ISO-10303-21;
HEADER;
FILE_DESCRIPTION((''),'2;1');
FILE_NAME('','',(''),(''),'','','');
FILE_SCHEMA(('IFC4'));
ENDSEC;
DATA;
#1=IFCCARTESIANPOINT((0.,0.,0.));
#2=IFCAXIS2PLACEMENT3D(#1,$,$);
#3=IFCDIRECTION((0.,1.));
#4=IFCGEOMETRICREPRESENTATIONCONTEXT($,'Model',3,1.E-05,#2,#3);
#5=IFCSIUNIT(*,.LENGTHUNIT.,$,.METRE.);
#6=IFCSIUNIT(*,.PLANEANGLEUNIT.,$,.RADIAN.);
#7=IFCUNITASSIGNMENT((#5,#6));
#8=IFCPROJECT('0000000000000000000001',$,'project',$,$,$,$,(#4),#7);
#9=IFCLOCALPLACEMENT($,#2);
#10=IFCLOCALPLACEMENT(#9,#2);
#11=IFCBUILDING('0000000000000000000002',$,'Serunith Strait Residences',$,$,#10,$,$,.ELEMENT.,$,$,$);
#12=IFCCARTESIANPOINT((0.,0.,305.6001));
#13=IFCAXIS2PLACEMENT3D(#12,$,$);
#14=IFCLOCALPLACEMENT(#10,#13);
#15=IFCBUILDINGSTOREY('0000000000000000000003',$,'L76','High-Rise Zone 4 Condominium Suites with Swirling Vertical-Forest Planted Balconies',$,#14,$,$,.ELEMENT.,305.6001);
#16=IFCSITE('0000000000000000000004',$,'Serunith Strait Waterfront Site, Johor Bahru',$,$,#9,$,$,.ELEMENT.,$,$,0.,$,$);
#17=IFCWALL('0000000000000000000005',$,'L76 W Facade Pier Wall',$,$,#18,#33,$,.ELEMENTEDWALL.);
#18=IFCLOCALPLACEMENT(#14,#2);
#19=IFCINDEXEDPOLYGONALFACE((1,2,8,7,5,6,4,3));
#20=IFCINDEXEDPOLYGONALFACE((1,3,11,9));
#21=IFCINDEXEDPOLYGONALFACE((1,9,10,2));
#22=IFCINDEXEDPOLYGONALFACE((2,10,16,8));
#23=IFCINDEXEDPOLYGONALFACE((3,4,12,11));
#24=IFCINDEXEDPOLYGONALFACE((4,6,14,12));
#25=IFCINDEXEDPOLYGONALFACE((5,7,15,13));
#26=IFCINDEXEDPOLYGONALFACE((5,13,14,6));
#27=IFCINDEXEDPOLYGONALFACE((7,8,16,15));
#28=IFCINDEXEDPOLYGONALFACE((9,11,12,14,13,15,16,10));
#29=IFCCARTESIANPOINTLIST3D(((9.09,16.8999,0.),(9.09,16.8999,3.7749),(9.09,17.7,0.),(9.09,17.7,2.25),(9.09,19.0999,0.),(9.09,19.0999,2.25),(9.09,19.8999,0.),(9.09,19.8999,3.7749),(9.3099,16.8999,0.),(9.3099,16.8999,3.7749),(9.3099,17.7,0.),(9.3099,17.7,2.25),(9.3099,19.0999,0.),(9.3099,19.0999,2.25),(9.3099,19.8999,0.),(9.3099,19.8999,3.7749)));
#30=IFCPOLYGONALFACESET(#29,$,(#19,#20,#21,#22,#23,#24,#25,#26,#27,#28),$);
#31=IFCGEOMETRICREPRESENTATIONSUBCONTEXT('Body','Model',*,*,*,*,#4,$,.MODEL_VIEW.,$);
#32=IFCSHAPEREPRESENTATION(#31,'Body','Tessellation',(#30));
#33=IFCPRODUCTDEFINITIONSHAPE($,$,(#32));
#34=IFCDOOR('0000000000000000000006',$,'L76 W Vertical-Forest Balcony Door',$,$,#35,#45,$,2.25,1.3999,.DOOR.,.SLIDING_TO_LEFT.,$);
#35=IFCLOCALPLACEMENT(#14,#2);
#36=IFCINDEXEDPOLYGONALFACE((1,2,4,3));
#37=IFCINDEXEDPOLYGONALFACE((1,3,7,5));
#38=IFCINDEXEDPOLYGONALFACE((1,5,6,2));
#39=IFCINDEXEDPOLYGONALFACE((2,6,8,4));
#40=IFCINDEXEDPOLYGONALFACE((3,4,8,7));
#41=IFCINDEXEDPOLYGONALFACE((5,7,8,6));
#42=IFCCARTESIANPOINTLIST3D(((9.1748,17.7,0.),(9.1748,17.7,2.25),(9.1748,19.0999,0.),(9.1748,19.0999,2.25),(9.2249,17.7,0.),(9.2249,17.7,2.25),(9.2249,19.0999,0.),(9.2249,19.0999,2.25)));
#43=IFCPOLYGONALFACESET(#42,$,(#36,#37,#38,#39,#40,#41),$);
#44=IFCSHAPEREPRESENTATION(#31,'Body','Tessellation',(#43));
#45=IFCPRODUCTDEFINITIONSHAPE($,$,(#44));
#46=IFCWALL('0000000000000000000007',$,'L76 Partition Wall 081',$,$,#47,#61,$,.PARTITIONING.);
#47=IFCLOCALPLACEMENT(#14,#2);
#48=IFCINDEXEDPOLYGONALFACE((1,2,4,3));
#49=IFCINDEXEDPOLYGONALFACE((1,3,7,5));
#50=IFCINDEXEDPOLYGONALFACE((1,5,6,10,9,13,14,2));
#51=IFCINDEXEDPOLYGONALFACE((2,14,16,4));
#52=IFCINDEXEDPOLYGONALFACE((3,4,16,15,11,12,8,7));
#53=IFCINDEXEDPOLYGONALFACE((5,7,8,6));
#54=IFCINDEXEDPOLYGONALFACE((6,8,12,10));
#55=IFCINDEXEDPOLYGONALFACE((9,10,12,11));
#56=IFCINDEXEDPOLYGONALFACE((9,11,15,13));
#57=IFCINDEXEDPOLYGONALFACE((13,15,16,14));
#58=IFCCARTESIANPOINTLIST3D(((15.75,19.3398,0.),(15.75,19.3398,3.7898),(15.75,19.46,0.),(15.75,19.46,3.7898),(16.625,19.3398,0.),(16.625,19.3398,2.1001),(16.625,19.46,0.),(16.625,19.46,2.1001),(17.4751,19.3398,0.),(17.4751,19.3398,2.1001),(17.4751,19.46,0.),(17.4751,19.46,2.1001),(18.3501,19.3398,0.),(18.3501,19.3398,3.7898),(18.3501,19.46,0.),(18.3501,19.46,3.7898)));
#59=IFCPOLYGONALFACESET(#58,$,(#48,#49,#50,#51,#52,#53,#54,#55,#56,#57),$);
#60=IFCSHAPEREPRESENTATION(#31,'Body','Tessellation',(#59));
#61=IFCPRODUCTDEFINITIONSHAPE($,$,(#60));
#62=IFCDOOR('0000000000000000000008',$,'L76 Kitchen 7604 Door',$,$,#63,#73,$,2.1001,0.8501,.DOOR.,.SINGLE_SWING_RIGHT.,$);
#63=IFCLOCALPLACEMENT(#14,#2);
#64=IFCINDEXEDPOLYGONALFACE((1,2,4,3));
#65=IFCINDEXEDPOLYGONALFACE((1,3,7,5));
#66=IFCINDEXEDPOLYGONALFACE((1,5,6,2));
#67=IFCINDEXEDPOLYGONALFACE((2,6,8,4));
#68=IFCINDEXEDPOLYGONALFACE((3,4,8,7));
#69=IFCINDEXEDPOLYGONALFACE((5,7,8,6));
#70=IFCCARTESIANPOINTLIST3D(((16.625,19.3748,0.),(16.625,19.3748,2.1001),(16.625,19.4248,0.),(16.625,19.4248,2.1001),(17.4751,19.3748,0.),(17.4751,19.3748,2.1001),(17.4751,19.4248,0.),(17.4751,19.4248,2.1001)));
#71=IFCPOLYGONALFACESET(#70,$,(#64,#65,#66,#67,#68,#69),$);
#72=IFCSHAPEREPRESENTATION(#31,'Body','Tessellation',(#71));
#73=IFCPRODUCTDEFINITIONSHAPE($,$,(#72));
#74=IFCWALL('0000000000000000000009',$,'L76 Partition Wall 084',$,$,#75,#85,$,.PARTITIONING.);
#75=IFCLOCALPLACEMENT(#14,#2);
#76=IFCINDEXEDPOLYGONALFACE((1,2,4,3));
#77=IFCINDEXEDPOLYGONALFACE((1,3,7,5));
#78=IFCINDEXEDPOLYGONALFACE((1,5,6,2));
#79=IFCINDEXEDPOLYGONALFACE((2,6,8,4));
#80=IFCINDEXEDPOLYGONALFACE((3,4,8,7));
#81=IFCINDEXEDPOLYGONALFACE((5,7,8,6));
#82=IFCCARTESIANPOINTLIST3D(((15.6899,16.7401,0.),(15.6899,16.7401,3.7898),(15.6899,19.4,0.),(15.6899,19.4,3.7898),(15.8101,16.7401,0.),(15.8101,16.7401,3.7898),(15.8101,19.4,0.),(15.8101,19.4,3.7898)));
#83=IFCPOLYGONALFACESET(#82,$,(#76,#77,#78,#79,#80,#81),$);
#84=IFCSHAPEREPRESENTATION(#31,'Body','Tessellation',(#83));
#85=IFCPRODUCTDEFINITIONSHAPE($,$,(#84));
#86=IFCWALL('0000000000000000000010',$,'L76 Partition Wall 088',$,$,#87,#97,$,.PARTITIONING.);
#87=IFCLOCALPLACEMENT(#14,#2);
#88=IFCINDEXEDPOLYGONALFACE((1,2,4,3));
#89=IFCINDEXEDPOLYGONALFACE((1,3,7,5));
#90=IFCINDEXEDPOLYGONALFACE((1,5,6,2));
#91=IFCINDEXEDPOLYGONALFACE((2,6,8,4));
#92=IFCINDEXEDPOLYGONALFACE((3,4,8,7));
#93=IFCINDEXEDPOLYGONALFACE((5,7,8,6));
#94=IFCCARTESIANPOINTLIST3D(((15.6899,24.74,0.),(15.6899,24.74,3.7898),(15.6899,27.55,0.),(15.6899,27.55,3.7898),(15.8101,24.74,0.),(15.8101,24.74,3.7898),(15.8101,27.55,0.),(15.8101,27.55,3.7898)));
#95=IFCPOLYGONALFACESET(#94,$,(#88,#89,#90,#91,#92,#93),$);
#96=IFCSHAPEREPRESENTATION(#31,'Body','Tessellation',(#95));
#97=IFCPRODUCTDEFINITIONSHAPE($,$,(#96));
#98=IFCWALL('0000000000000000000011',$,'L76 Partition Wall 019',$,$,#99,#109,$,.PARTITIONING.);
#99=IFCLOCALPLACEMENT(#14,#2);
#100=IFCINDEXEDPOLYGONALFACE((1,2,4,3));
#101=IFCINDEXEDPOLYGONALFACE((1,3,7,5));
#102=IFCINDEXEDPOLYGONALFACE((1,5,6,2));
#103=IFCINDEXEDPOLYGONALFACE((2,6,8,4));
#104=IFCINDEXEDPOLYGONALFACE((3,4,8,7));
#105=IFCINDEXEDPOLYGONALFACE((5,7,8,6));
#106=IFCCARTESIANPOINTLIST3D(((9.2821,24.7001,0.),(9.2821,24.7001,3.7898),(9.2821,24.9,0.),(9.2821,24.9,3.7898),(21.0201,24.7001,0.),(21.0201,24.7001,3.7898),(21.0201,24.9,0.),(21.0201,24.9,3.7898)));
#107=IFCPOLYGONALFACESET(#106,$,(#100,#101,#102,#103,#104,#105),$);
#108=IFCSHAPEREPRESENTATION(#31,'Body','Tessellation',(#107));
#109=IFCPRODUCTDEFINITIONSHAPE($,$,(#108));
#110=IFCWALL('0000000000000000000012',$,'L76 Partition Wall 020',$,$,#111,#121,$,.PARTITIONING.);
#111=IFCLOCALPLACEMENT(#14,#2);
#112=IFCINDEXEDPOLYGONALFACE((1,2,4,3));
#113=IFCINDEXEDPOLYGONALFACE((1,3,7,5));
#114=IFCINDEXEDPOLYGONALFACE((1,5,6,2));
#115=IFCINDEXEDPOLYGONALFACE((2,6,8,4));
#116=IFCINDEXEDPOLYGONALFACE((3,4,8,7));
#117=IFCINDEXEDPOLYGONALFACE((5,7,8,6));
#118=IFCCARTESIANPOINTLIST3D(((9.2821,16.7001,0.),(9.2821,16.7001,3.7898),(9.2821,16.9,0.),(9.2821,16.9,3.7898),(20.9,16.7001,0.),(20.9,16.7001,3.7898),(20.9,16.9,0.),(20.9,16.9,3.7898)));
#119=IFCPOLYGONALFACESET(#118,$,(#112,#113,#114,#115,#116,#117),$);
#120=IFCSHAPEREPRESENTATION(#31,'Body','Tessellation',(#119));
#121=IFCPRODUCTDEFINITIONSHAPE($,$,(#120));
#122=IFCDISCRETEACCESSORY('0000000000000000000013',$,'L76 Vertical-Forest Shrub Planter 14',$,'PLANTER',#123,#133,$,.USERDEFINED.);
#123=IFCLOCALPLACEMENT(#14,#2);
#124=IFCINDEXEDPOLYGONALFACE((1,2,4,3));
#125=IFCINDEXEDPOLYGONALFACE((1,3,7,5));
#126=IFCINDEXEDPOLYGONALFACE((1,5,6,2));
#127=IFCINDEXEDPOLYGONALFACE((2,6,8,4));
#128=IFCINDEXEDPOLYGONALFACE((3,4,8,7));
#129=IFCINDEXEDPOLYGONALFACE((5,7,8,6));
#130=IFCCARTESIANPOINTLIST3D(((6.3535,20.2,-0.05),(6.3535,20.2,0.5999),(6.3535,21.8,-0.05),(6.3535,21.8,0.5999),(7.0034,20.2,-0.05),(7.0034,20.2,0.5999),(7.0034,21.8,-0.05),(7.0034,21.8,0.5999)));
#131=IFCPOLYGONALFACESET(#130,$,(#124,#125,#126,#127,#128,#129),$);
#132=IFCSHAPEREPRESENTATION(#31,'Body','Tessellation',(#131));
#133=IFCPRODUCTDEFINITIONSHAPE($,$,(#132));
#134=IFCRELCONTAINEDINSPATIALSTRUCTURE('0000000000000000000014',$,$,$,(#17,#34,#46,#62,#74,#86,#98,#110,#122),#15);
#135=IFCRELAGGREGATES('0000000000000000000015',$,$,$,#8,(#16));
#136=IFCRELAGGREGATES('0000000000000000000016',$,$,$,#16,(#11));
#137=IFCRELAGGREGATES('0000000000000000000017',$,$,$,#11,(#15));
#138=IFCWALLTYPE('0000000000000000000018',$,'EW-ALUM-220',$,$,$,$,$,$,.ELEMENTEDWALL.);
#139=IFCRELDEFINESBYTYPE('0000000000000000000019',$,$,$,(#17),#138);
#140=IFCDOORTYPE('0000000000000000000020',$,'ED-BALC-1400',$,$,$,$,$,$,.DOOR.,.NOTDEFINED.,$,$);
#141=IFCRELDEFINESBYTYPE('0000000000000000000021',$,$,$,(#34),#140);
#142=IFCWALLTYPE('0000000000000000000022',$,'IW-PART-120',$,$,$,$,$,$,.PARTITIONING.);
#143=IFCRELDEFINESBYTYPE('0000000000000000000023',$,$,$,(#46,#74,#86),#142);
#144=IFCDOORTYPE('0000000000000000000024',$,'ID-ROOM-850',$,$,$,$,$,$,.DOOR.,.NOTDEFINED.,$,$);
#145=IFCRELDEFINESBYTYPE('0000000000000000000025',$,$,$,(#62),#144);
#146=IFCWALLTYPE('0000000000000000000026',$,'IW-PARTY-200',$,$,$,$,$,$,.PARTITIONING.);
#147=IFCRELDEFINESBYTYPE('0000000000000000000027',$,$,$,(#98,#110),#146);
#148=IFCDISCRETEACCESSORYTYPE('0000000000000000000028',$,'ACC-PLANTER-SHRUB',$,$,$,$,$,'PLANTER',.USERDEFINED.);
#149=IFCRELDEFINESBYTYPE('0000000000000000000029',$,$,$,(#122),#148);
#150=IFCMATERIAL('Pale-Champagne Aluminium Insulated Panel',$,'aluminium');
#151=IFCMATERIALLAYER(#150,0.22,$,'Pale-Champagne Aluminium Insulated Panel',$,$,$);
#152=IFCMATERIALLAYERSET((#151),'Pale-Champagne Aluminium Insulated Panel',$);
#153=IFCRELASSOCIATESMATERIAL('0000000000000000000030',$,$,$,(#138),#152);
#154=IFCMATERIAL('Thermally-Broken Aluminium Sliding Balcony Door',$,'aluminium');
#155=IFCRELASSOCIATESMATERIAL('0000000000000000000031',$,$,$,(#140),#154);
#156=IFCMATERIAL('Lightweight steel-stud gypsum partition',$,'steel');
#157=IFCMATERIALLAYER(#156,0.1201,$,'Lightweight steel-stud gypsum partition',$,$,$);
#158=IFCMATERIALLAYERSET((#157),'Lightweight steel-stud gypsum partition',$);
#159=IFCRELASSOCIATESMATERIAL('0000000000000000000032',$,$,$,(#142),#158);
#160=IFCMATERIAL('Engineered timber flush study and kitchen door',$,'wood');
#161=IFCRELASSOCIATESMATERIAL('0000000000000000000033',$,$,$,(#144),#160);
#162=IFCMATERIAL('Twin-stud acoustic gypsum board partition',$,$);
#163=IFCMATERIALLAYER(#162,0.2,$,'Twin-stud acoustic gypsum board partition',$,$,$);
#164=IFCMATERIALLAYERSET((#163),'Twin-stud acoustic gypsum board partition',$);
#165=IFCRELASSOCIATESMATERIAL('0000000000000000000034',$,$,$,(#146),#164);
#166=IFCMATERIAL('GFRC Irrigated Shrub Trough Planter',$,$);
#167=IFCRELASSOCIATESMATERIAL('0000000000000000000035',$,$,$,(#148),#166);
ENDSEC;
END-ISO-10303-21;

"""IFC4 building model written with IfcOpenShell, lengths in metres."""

from ifc_helpers import new_model, si_unit, direction, frame, frame_2d, origin, origin_2d, place, context, subcontext, project, spatial, rectangle, extrude, source, transform, mapped, material, layer, layer_set, type_object, element, fill, save


model = new_model("IFC4")

# Units and contexts
model_context = context("Model", 3, precision=1e-05, world=origin(), true_north=direction((0.0, 1.0)))
body_context = subcontext(model_context, "Body", "Model", "MODEL_VIEW")
ifc_project = project(units=[si_unit("LENGTHUNIT", "METRE"), si_unit("PLANEANGLEUNIT", "RADIAN")], contexts=[model_context])

# Site, building, storey
site_placement = place(None, origin())
site = spatial("IfcSite", under=ifc_project, at=site_placement, Name="Serunith Strait Waterfront Site, Johor Bahru", CompositionType="ELEMENT", RefElevation=0.0)
building_placement = place(site_placement, origin())
building = spatial("IfcBuilding", under=site, at=building_placement, Name="Serunith Strait Residences", CompositionType="ELEMENT")
storey_placement = place(building_placement, frame((0.0, 0.0, 305.6001)))
storey = spatial("IfcBuildingStorey", under=building, at=storey_placement, Name="L76", Description="High-Rise Zone 4 Condominium Suites with Swirling Vertical-Forest Planted Balconies", CompositionType="ELEMENT", Elevation=305.6001)

# Walls, openings, doors
ifc_material_1 = material(Name="Pale-Champagne Aluminium Insulated Panel", Category="aluminium")
ifc_layer_1 = layer(ifc_material_1, 0.22, Name="Pale-Champagne Aluminium Insulated Panel")
ifc_layer_set_1 = layer_set([ifc_layer_1], Name="Pale-Champagne Aluminium Insulated Panel")
wall_type_1 = type_object("IfcWallType", Name="EW-ALUM-220", PredefinedType="ELEMENTEDWALL", material=ifc_layer_set_1)
wall_1_placement = place(storey_placement, frame((9.2, 19.8999, 0.0), z_axis=(0.0, 0.0, 1.0), x_axis=(0.0, -1.0, 0.0)))
wall_1 = element("IfcWall", 1, at=wall_1_placement, inside=storey, type_object=wall_type_1, Name="L76 W Facade Pier Wall", PredefinedType="ELEMENTEDWALL", context=body_context, shape_type="SweptSolid", body=[
    extrude(rectangle(XDim=3.0, YDim=0.22, at=frame_2d((1.5, 0.0))), origin(), (0.0, 0.0, 1.0), 3.7749),
])
opening_1_placement = place(wall_1_placement, frame((0.8, 0.0, 0.0)))
opening_1 = element("IfcOpeningElement", 2, at=opening_1_placement, cuts=wall_1, PredefinedType="OPENING", context=body_context, shape_type="SweptSolid", body=[
    extrude(rectangle(XDim=1.3999, YDim=2.25, at=frame_2d((0.7, 1.125))), frame((0.0, 0.1201, 0.0), z_axis=(0.0, -1.0, 0.0), x_axis=(1.0, 0.0, 0.0)), (0.0, 0.0, 1.0), 0.24),
])
ifc_material_2 = material(Name="Thermally-Broken Aluminium Sliding Balcony Door", Category="aluminium")
door_type_1 = type_object("IfcDoorType", Name="ED-BALC-1400", OperationType="NOTDEFINED", PredefinedType="DOOR", material=ifc_material_2)
shared_shape_1 = source(origin(), body_context, "Body", "SweptSolid", [
    extrude(rectangle(XDim=1.3999, YDim=2.25, at=frame_2d((0.7, 1.125))), frame((0.0, 0.0249, 0.0), z_axis=(0.0, -1.0, 0.0), x_axis=(1.0, 0.0, 0.0)), (0.0, 0.0, 1.0), 0.05),
])
door_1_placement = place(opening_1_placement, origin())
door_1 = element("IfcDoor", 3, at=door_1_placement, inside=storey, type_object=door_type_1, Name="L76 W Vertical-Forest Balcony Door", OperationType="SLIDING_TO_LEFT", OverallHeight=2.25, OverallWidth=1.3999, PredefinedType="DOOR", context=body_context, shape_type="MappedRepresentation", body=[
    mapped(shared_shape_1, transform((0.0, 0.0, 0.0), scale=1.0)),
])
fill(opening_1, door_1)
ifc_material_3 = material(Name="Lightweight steel-stud gypsum partition", Category="steel")
ifc_layer_2 = layer(ifc_material_3, 0.1201, Name="Lightweight steel-stud gypsum partition")
ifc_layer_set_2 = layer_set([ifc_layer_2], Name="Lightweight steel-stud gypsum partition")
wall_type_2 = type_object("IfcWallType", Name="IW-PART-120", PredefinedType="PARTITIONING", material=ifc_layer_set_2)
wall_2_placement = place(storey_placement, frame((15.75, 19.3999, 0.0), z_axis=(0.0, 0.0, 1.0), x_axis=(1.0, 0.0, 0.0)))
wall_2 = element("IfcWall", 4, at=wall_2_placement, inside=storey, type_object=wall_type_2, Name="L76 Partition Wall 081", PredefinedType="PARTITIONING", context=body_context, shape_type="SweptSolid", body=[
    extrude(rectangle(XDim=2.6001, YDim=0.1201, at=frame_2d((1.3, 0.0))), origin(), (0.0, 0.0, 1.0), 3.7898),
])
opening_2_placement = place(wall_2_placement, frame((0.875, 0.0, 0.0)))
opening_2 = element("IfcOpeningElement", 5, at=opening_2_placement, cuts=wall_2, PredefinedType="OPENING", context=body_context, shape_type="SweptSolid", body=[
    extrude(rectangle(XDim=0.8501, YDim=2.1001, at=frame_2d((0.425, 1.05))), frame((0.0, 0.0701, 0.0), z_axis=(0.0, -1.0, 0.0), x_axis=(1.0, 0.0, 0.0)), (0.0, 0.0, 1.0), 0.1401),
])
ifc_material_4 = material(Name="Engineered timber flush study and kitchen door", Category="wood")
door_type_2 = type_object("IfcDoorType", Name="ID-ROOM-850", OperationType="NOTDEFINED", PredefinedType="DOOR", material=ifc_material_4)
shared_shape_2 = source(origin(), body_context, "Body", "SweptSolid", [
    extrude(rectangle(XDim=0.8501, YDim=2.1001, at=frame_2d((0.425, 1.05))), frame((0.0, 0.0249, 0.0), z_axis=(0.0, -1.0, 0.0), x_axis=(1.0, 0.0, 0.0)), (0.0, 0.0, 1.0), 0.05),
])
door_2_placement = place(opening_2_placement, origin())
door_2 = element("IfcDoor", 6, at=door_2_placement, inside=storey, type_object=door_type_2, Name="L76 Kitchen 7604 Door", OperationType="SINGLE_SWING_RIGHT", OverallHeight=2.1001, OverallWidth=0.8501, PredefinedType="DOOR", context=body_context, shape_type="MappedRepresentation", body=[
    mapped(shared_shape_2, transform((0.0, 0.0, 0.0), scale=1.0)),
])
fill(opening_2, door_2)

# Walls
wall_3_placement = place(storey_placement, frame((15.75, 16.74, 0.0), z_axis=(0.0, 0.0, 1.0), x_axis=(0.0, 1.0, 0.0)))
element("IfcWall", 7, at=wall_3_placement, inside=storey, type_object=wall_type_2, Name="L76 Partition Wall 084", PredefinedType="PARTITIONING", context=body_context, shape_type="SweptSolid", body=[
    extrude(rectangle(XDim=2.6599, YDim=0.1201, at=frame_2d((1.3301, 0.0))), origin(), (0.0, 0.0, 1.0), 3.7898),
])
wall_4_placement = place(storey_placement, frame((15.75, 24.74, 0.0), z_axis=(0.0, 0.0, 1.0), x_axis=(0.0, 1.0, 0.0)))
element("IfcWall", 8, at=wall_4_placement, inside=storey, type_object=wall_type_2, Name="L76 Partition Wall 088", PredefinedType="PARTITIONING", context=body_context, shape_type="SweptSolid", body=[
    extrude(rectangle(XDim=2.8101, YDim=0.1201, at=frame_2d((1.405, 0.0))), origin(), (0.0, 0.0, 1.0), 3.7898),
])
ifc_material_5 = material(Name="Twin-stud acoustic gypsum board partition")
ifc_layer_3 = layer(ifc_material_5, 0.2, Name="Twin-stud acoustic gypsum board partition")
ifc_layer_set_3 = layer_set([ifc_layer_3], Name="Twin-stud acoustic gypsum board partition")
wall_type_3 = type_object("IfcWallType", Name="IW-PARTY-200", PredefinedType="PARTITIONING", material=ifc_layer_set_3)
wall_5_placement = place(storey_placement, frame((9.282, 24.8, 0.0), z_axis=(0.0, 0.0, 1.0), x_axis=(1.0, 0.0, 0.0)))
element("IfcWall", 9, at=wall_5_placement, inside=storey, type_object=wall_type_3, Name="L76 Partition Wall 019", PredefinedType="PARTITIONING", context=body_context, shape_type="SweptSolid", body=[
    extrude(rectangle(XDim=11.738, YDim=0.2, at=frame_2d((5.8691, 0.0))), origin(), (0.0, 0.0, 1.0), 3.7898),
])
wall_6_placement = place(storey_placement, frame((9.282, 16.8, 0.0), z_axis=(0.0, 0.0, 1.0), x_axis=(1.0, 0.0, 0.0)))
element("IfcWall", 10, at=wall_6_placement, inside=storey, type_object=wall_type_3, Name="L76 Partition Wall 020", PredefinedType="PARTITIONING", context=body_context, shape_type="SweptSolid", body=[
    extrude(rectangle(XDim=11.6179, YDim=0.2, at=frame_2d((5.8091, 0.0))), origin(), (0.0, 0.0, 1.0), 3.7898),
])

# Discrete accessory
ifc_material_6 = material(Name="GFRC Irrigated Shrub Trough Planter")
discrete_accessory_type = type_object("IfcDiscreteAccessoryType", Name="ACC-PLANTER-SHRUB", ElementType="PLANTER", PredefinedType="USERDEFINED", material=ifc_material_6)
shared_shape_3 = source(origin(), body_context, "Body", "SweptSolid", [
    extrude(rectangle(XDim=1.6001, YDim=0.6499, at=origin_2d()), origin(), (0.0, 0.0, 1.0), 0.6499),
])
discrete_accessory_placement = place(storey_placement, frame((6.6785, 21.0, -0.05), z_axis=(0.0, 0.0, 1.0), x_axis=(0.0, -1.0, 0.0)))
element("IfcDiscreteAccessory", 11, at=discrete_accessory_placement, inside=storey, type_object=discrete_accessory_type, Name="L76 Vertical-Forest Shrub Planter 14", ObjectType="PLANTER", PredefinedType="USERDEFINED", context=body_context, shape_type="MappedRepresentation", body=[
    mapped(shared_shape_3, transform((0.0, 0.0, 0.0), scale=1.0)),
])

save(model, "model.ifc")
